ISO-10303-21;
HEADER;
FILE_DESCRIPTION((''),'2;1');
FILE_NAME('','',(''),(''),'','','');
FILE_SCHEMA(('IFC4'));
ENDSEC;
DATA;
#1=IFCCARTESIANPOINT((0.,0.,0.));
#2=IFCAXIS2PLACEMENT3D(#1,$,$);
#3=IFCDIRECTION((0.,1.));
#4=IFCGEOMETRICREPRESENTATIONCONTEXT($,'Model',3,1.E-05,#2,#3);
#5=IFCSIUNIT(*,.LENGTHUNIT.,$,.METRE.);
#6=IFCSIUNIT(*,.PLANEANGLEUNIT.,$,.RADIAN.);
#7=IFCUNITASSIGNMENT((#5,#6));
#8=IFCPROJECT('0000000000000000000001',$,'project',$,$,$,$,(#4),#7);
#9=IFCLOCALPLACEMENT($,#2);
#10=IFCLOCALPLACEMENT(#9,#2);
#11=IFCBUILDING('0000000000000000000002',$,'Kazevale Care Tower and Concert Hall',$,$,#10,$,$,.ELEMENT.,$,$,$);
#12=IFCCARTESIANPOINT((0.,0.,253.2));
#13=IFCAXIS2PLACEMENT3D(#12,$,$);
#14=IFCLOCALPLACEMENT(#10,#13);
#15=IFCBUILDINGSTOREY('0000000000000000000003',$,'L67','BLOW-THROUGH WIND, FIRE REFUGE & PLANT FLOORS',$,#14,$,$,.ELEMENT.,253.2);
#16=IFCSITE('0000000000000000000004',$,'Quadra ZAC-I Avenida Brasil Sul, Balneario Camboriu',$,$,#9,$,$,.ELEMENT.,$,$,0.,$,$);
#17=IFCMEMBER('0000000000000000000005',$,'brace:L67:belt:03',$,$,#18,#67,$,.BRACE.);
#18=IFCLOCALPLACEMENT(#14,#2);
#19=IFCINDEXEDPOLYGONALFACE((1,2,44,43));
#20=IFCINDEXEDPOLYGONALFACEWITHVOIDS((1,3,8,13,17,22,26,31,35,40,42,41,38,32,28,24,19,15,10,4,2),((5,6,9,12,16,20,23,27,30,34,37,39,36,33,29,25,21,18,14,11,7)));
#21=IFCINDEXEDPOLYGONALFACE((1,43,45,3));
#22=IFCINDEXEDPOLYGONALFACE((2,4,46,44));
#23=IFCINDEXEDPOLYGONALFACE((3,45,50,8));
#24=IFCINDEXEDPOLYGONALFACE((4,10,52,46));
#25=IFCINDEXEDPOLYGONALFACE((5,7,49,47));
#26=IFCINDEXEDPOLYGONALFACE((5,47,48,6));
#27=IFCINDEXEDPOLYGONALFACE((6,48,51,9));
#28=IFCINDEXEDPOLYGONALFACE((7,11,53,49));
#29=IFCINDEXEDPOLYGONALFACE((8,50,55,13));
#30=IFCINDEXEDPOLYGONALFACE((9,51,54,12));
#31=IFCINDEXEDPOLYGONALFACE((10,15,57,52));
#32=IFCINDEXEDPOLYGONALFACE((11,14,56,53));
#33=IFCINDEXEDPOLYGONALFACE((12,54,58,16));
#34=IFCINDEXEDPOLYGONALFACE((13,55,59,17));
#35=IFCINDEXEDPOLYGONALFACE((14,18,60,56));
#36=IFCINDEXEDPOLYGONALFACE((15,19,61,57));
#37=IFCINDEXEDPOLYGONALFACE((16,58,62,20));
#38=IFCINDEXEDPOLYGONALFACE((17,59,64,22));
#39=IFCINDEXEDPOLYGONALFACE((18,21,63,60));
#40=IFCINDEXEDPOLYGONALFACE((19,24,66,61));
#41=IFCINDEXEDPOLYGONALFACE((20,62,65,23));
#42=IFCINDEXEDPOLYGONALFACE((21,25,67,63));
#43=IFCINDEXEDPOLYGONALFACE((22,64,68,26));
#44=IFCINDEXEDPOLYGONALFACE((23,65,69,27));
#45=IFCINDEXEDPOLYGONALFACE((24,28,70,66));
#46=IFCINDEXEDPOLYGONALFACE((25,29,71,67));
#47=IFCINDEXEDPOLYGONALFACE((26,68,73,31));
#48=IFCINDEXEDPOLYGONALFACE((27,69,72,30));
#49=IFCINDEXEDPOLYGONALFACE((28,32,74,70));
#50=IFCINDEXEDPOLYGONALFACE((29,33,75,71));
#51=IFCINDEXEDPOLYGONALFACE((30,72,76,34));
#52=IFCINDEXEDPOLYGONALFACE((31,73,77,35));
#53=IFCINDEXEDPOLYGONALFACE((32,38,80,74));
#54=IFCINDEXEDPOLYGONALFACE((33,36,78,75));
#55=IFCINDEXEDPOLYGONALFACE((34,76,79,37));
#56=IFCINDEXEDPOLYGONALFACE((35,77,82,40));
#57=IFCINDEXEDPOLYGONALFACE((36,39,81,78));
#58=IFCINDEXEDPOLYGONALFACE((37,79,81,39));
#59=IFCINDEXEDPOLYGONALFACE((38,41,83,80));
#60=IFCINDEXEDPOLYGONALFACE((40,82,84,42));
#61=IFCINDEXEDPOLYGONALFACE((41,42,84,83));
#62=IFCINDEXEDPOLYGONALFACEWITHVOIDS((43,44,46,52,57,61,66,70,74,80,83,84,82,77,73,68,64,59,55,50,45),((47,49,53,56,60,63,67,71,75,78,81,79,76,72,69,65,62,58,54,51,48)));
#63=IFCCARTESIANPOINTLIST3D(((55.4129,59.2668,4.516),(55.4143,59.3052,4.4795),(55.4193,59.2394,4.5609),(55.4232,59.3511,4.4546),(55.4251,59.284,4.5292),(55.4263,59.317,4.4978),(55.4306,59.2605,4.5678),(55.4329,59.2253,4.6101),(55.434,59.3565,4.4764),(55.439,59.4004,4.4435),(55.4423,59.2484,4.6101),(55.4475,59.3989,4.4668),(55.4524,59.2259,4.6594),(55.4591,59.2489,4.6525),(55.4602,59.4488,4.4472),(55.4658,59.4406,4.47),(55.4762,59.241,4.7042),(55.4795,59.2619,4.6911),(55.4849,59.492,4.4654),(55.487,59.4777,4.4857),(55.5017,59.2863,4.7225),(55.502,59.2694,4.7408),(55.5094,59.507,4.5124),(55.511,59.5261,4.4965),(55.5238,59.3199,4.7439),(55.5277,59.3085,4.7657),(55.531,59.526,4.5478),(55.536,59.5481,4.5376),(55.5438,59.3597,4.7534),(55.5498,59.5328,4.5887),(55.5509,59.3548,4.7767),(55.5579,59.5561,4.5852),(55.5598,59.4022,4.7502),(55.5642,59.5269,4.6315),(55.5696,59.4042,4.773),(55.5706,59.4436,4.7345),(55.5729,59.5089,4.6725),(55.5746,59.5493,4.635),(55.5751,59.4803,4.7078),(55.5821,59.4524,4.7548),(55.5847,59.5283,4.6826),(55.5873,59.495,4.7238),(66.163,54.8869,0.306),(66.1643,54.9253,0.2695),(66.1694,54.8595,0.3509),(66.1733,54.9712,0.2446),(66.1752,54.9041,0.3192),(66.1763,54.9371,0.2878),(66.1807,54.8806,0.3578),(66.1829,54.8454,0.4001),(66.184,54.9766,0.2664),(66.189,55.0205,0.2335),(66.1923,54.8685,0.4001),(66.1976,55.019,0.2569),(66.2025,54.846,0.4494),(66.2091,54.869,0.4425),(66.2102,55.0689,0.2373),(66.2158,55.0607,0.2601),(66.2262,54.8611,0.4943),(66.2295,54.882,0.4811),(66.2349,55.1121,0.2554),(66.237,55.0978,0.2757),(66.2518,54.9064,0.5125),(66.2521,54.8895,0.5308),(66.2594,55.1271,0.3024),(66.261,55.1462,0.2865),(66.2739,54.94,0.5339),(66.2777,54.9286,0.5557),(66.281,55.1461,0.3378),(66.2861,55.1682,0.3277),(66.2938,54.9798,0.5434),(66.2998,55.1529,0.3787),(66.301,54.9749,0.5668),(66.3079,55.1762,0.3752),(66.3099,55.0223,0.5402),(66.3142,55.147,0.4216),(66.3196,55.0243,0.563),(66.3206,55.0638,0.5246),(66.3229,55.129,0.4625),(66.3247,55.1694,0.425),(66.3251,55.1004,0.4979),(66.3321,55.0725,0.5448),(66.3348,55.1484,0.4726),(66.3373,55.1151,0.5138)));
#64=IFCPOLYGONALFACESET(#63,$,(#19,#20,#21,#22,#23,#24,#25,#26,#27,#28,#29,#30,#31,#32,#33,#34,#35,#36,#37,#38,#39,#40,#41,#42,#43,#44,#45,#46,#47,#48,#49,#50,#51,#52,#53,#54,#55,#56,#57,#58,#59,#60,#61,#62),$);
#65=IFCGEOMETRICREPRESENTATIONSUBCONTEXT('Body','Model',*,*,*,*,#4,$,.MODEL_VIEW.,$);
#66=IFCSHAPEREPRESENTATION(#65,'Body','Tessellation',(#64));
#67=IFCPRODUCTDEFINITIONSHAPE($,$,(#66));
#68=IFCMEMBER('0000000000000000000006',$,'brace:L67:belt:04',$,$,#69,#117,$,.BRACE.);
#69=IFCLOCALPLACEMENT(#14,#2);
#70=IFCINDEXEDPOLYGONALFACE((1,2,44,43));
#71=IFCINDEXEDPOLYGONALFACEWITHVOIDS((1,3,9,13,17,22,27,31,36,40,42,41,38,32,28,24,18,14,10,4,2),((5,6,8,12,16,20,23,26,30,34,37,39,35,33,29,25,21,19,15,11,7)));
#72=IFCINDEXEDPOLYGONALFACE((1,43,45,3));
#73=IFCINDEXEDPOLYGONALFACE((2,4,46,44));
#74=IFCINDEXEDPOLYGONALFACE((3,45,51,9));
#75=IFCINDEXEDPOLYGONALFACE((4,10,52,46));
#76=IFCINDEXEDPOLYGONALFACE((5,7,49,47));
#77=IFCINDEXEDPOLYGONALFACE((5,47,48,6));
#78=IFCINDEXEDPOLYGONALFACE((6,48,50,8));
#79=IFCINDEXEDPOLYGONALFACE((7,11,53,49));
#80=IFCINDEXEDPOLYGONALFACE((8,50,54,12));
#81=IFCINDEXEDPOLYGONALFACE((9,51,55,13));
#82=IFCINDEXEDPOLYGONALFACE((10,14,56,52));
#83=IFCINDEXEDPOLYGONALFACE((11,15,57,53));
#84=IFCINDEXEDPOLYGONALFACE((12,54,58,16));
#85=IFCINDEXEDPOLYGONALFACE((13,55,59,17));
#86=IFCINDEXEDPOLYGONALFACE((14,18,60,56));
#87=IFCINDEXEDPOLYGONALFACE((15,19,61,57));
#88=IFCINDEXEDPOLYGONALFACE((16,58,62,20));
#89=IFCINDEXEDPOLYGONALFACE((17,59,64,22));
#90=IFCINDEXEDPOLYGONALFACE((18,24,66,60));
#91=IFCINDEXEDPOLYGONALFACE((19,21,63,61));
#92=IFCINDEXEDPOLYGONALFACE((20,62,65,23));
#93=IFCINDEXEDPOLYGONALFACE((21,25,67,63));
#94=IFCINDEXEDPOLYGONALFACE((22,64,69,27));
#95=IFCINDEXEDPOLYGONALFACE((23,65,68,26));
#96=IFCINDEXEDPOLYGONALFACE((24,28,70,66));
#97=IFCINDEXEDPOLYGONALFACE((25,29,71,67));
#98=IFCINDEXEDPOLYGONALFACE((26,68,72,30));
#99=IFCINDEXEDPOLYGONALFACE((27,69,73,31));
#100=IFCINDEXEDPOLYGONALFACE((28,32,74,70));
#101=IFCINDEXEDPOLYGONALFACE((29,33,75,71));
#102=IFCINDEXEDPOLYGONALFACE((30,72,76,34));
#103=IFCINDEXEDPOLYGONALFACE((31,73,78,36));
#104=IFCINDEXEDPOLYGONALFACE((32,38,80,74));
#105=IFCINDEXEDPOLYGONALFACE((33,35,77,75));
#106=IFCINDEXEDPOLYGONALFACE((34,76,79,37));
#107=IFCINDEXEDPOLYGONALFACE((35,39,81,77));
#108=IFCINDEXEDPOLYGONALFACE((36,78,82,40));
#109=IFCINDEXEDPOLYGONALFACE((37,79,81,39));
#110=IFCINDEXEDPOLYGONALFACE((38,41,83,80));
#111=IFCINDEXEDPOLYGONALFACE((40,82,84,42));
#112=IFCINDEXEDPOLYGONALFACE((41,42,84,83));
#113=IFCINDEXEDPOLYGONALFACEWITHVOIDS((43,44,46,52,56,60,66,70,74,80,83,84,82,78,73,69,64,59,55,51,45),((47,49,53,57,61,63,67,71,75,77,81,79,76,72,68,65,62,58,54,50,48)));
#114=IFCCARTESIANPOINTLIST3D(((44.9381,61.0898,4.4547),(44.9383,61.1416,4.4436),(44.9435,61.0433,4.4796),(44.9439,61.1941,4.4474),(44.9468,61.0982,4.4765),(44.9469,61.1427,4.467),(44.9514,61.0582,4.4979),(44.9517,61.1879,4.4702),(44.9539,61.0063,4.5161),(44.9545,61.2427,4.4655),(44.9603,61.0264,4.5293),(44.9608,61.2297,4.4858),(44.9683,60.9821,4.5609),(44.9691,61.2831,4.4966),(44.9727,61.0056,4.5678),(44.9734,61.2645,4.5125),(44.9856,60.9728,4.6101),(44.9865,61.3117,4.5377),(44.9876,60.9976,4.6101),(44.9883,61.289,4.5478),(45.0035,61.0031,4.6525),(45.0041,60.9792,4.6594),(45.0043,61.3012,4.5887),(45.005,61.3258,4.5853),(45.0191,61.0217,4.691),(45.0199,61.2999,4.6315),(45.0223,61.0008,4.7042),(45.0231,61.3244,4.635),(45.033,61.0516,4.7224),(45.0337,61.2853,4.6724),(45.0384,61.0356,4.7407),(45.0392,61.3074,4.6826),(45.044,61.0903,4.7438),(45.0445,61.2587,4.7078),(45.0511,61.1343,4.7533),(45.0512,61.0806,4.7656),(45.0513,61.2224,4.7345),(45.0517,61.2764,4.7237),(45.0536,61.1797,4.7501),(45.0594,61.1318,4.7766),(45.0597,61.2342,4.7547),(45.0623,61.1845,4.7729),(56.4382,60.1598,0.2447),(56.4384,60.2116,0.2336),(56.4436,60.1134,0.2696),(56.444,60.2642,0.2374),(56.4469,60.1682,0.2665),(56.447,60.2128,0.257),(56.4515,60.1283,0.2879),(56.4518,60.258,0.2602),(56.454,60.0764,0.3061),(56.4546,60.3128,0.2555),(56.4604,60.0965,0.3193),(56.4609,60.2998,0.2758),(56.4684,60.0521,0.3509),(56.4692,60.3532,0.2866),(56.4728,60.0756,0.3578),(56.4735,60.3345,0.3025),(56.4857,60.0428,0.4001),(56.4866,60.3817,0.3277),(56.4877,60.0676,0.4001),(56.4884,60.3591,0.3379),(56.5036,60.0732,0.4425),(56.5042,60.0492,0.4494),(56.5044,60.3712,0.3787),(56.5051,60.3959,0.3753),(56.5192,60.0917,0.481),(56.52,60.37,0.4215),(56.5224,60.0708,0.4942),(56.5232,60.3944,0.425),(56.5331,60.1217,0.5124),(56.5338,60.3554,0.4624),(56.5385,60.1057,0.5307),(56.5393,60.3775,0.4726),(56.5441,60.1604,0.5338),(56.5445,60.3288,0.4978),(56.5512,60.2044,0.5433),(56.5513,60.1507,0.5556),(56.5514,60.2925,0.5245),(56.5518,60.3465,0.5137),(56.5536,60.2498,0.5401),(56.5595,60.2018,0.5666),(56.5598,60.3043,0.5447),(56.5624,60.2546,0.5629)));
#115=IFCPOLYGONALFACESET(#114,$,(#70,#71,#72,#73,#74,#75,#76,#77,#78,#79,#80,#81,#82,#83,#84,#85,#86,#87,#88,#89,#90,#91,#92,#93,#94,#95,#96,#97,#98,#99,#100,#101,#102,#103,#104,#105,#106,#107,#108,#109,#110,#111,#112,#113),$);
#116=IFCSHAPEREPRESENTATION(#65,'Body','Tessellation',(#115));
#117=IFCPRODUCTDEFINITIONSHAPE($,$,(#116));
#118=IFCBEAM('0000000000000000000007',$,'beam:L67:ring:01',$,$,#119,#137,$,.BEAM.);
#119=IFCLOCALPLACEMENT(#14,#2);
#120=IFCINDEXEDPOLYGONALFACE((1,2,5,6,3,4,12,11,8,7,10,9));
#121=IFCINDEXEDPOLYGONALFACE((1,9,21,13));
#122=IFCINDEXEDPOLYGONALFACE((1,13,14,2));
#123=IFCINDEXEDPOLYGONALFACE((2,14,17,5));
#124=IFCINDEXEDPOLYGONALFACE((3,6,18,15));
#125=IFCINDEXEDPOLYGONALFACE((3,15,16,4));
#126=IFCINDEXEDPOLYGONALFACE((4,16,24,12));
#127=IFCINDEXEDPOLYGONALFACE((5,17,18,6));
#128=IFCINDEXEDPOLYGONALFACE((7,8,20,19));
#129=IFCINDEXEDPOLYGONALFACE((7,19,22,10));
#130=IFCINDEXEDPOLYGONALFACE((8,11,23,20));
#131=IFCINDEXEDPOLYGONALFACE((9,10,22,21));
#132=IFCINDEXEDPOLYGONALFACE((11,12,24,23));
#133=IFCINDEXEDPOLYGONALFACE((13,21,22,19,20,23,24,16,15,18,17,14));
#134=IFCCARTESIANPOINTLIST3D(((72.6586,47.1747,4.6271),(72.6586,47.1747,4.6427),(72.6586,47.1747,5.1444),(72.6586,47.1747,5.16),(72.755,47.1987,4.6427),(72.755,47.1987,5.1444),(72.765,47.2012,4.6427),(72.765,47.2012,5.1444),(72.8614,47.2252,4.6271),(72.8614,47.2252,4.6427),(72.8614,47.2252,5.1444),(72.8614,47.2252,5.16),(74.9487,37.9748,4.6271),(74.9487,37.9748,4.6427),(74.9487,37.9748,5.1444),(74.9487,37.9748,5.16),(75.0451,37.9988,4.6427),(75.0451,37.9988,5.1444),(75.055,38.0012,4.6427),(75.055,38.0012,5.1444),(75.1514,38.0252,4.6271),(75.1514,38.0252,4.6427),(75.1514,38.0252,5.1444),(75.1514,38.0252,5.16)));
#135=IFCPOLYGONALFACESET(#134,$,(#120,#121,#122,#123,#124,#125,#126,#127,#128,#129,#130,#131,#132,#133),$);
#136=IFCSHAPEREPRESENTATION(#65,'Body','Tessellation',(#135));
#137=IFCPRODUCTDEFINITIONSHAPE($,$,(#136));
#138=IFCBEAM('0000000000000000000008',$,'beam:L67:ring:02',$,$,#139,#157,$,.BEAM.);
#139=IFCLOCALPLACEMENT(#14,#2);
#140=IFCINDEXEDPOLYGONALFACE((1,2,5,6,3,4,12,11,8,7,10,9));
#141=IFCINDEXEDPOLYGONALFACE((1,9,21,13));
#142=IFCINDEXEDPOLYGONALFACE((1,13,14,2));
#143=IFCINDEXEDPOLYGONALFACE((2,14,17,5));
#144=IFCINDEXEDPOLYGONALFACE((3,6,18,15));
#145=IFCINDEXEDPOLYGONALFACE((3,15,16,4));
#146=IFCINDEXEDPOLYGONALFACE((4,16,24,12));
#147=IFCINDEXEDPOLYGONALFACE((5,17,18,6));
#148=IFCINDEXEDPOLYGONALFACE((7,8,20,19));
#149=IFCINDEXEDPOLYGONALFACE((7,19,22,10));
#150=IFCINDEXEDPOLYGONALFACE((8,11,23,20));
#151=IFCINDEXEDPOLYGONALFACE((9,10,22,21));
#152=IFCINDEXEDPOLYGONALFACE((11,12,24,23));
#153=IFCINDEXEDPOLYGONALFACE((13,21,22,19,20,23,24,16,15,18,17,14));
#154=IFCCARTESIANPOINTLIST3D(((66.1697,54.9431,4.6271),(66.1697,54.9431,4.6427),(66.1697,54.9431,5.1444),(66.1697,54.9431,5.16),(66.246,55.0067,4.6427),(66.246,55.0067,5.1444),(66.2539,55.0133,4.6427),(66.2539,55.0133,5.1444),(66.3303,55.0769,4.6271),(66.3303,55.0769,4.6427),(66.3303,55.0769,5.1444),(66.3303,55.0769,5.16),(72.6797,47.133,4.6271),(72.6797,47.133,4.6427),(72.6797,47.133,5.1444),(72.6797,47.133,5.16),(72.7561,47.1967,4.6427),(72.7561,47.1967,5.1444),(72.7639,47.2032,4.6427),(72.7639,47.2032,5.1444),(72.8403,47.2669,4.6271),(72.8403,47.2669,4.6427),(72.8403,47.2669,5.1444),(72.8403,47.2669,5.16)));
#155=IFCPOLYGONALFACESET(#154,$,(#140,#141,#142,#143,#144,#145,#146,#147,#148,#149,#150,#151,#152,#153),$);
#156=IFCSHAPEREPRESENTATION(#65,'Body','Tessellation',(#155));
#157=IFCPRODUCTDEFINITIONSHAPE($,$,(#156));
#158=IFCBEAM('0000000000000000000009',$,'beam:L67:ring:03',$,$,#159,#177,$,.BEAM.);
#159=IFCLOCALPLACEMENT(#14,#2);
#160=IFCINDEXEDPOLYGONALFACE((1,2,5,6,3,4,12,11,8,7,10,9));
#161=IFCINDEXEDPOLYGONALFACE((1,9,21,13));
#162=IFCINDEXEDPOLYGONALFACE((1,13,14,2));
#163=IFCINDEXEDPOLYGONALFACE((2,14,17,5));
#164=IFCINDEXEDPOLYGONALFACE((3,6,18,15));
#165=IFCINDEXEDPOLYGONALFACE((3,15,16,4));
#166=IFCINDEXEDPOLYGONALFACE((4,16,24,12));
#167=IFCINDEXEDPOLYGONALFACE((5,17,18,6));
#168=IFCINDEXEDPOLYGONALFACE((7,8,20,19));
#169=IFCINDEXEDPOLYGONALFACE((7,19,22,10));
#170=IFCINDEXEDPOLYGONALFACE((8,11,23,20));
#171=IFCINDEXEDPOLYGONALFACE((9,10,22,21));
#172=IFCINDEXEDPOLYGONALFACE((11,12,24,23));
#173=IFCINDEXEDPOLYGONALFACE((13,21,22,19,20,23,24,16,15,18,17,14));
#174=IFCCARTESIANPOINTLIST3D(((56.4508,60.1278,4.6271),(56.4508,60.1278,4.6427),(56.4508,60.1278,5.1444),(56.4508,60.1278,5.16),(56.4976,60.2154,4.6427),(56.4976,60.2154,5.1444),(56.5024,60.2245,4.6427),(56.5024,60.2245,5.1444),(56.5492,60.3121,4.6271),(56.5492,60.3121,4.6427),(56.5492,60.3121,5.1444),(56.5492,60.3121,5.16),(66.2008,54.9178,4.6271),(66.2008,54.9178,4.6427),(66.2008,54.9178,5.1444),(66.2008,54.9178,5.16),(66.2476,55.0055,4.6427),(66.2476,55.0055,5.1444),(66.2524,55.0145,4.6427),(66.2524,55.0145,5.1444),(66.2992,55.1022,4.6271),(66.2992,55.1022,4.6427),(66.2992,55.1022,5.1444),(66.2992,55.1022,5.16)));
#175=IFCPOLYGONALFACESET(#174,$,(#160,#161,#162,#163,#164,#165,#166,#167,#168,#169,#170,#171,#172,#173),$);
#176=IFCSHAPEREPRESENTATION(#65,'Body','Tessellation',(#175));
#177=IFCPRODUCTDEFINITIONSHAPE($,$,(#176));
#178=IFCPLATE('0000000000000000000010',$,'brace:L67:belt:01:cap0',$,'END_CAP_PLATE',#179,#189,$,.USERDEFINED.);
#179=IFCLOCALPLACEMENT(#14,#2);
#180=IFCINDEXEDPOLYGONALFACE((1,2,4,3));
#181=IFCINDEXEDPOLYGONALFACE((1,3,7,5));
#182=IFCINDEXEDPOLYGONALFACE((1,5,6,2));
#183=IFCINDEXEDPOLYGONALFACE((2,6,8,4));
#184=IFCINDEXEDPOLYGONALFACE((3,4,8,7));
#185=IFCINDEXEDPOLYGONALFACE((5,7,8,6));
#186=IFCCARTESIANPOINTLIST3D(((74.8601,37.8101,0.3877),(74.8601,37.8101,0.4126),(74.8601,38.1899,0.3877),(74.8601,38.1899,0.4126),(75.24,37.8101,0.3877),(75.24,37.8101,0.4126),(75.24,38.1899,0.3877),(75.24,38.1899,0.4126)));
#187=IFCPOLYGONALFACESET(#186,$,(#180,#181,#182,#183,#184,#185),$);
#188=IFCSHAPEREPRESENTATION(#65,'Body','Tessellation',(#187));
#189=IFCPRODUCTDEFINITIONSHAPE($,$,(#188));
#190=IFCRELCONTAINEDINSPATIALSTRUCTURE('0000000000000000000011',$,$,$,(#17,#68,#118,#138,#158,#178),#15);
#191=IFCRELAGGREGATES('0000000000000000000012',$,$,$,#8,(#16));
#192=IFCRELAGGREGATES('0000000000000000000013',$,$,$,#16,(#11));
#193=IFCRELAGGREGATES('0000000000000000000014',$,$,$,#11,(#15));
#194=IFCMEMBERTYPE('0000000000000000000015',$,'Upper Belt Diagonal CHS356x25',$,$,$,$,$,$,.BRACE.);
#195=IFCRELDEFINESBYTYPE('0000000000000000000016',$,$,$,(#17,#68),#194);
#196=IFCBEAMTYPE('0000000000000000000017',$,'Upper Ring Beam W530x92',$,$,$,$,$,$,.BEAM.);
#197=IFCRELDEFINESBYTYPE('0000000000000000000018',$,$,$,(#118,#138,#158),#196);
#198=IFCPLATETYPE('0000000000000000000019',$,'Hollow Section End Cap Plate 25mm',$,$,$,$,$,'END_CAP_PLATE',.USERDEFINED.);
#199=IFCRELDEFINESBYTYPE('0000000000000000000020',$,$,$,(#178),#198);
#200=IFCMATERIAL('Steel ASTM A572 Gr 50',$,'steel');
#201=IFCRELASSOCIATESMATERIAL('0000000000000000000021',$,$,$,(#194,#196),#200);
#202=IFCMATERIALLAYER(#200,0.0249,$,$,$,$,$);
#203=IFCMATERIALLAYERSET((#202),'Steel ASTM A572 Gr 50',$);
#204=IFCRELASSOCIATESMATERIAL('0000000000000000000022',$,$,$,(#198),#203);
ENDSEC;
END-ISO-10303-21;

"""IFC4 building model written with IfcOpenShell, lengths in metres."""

from ifc_helpers import new_model, si_unit, direction, frame, origin, origin_2d, place, context, subcontext, project, spatial, rectangle, hollow_circle, i_section, extrude, material, layer, layer_set, material_profile, profile_set, type_object, element, save


model = new_model("IFC4")

# Units and contexts
model_context = context("Model", 3, precision=1e-05, world=origin(), true_north=direction((0.0, 1.0)))
body_context = subcontext(model_context, "Body", "Model", "MODEL_VIEW")
ifc_project = project(units=[si_unit("LENGTHUNIT", "METRE"), si_unit("PLANEANGLEUNIT", "RADIAN")], contexts=[model_context])

# Site, building, storey
site_placement = place(None, origin())
site = spatial("IfcSite", under=ifc_project, at=site_placement, Name="Quadra ZAC-I Avenida Brasil Sul, Balneario Camboriu", CompositionType="ELEMENT", RefElevation=0.0)
building_placement = place(site_placement, origin())
building = spatial("IfcBuilding", under=site, at=building_placement, Name="Kazevale Care Tower and Concert Hall", CompositionType="ELEMENT")
storey_placement = place(building_placement, frame((0.0, 0.0, 253.2)))
storey = spatial("IfcBuildingStorey", under=building, at=storey_placement, Name="L67", Description="BLOW-THROUGH WIND, FIRE REFUGE & PLANT FLOORS", CompositionType="ELEMENT", Elevation=253.2)

# Shared definitions
ifc_material_1 = material(Name="Steel ASTM A572 Gr 50", Category="steel")

# Members
ifc_material_profile_1 = material_profile(ifc_material_1, hollow_circle(Radius=0.1777, WallThickness=0.0249, at=origin_2d()), Name="CHS356x25")
ifc_profile_set_1 = profile_set([ifc_material_profile_1], Name="Steel ASTM A572 Gr 50")
member_type = type_object("IfcMemberType", Name="Upper Belt Diagonal CHS356x25", PredefinedType="BRACE", material=ifc_profile_set_1)
member_1_placement = place(storey_placement, frame((66.25, 55.01, 0.4001), z_axis=(-0.870596, 0.354708, 0.340947), x_axis=(-0.377316, -0.926085, 0.0)))
element("IfcMember", 1, at=member_1_placement, inside=storey, type_object=member_type, Name="brace:L67:belt:03", PredefinedType="BRACE", context=body_context, shape_type="SweptSolid", body=[
    extrude(hollow_circle(Radius=0.1777, WallThickness=0.0249, at=origin_2d()), origin(), (0.0, 0.0, 1.0), 12.3479),
])
member_2_placement = place(storey_placement, frame((56.5, 60.22, 0.4001), z_axis=(-0.936357, 0.075717, 0.342785), x_axis=(-0.080601, -0.996746, 0.0)))
element("IfcMember", 2, at=member_2_placement, inside=storey, type_object=member_type, Name="brace:L67:belt:04", PredefinedType="BRACE", context=body_context, shape_type="SweptSolid", body=[
    extrude(hollow_circle(Radius=0.1777, WallThickness=0.0249, at=origin_2d()), origin(), (0.0, 0.0, 1.0), 12.2817),
])

# Beams
ifc_material_profile_2 = material_profile(ifc_material_1, i_section(OverallWidth=0.209, OverallDepth=0.533, WebThickness=0.0103, FlangeThickness=0.0156, at=origin_2d()), Name="W530x92")
ifc_profile_set_2 = profile_set([ifc_material_profile_2], Name="Steel ASTM A572 Gr 50")
beam_type_1 = type_object("IfcBeamType", Name="Upper Ring Beam W530x92", PredefinedType="BEAM", material=ifc_profile_set_2)
beam_1_placement = place(storey_placement, frame((75.05, 38.0, 4.8936), z_axis=(-0.241548, 0.970389, 0.0), x_axis=(-0.970389, -0.241548, 0.0)))
element("IfcBeam", 3, at=beam_1_placement, inside=storey, type_object=beam_type_1, Name="beam:L67:ring:01", PredefinedType="BEAM", context=body_context, shape_type="SweptSolid", body=[
    extrude(i_section(OverallWidth=0.209, OverallDepth=0.533, WebThickness=0.0103, FlangeThickness=0.0156, at=origin_2d()), origin(), (0.0, 0.0, 1.0), 9.4807),
])
beam_2_placement = place(storey_placement, frame((72.76, 47.2, 4.8936), z_axis=(-0.640279, 0.768143, 0.0), x_axis=(-0.768143, -0.640279, 0.0)))
element("IfcBeam", 4, at=beam_2_placement, inside=storey, type_object=beam_type_1, Name="beam:L67:ring:02", PredefinedType="BEAM", context=body_context, shape_type="SweptSolid", body=[
    extrude(i_section(OverallWidth=0.209, OverallDepth=0.533, WebThickness=0.0103, FlangeThickness=0.0156, at=origin_2d()), origin(), (0.0, 0.0, 1.0), 10.1675),
])
beam_3_placement = place(storey_placement, frame((66.25, 55.01, 4.8936), z_axis=(-0.881979, 0.47129, 0.0), x_axis=(-0.47129, -0.881979, 0.0)))
element("IfcBeam", 5, at=beam_3_placement, inside=storey, type_object=beam_type_1, Name="beam:L67:ring:03", PredefinedType="BEAM", context=body_context, shape_type="SweptSolid", body=[
    extrude(i_section(OverallWidth=0.209, OverallDepth=0.533, WebThickness=0.0103, FlangeThickness=0.0156, at=origin_2d()), origin(), (0.0, 0.0, 1.0), 11.0547),
])

# Plate
ifc_layer_1 = layer(ifc_material_1, 0.0249)
ifc_layer_set_1 = layer_set([ifc_layer_1], Name="Steel ASTM A572 Gr 50")
plate_type_1 = type_object("IfcPlateType", Name="Hollow Section End Cap Plate 25mm", ElementType="END_CAP_PLATE", PredefinedType="USERDEFINED", material=ifc_layer_set_1)
for number, where, z_axis, x_axis, name in (
    (6, (75.05, 38.0, 0.3877), (0.0, 0.0, 1.0), (1.0, 0.0, 0.0), "brace:L67:belt:01:cap0"),
):
    element("IfcPlate", number, at=place(storey_placement, frame(where, z_axis=z_axis, x_axis=x_axis)), inside=storey, type_object=plate_type_1, Name=name, ObjectType="END_CAP_PLATE", PredefinedType="USERDEFINED", context=body_context, shape_type="SweptSolid", body=[
        extrude(rectangle(XDim=0.3799, YDim=0.3799, at=origin_2d()), origin(), (0.0, 0.0, 1.0), 0.0249),
    ])

save(model, "model.ifc")
